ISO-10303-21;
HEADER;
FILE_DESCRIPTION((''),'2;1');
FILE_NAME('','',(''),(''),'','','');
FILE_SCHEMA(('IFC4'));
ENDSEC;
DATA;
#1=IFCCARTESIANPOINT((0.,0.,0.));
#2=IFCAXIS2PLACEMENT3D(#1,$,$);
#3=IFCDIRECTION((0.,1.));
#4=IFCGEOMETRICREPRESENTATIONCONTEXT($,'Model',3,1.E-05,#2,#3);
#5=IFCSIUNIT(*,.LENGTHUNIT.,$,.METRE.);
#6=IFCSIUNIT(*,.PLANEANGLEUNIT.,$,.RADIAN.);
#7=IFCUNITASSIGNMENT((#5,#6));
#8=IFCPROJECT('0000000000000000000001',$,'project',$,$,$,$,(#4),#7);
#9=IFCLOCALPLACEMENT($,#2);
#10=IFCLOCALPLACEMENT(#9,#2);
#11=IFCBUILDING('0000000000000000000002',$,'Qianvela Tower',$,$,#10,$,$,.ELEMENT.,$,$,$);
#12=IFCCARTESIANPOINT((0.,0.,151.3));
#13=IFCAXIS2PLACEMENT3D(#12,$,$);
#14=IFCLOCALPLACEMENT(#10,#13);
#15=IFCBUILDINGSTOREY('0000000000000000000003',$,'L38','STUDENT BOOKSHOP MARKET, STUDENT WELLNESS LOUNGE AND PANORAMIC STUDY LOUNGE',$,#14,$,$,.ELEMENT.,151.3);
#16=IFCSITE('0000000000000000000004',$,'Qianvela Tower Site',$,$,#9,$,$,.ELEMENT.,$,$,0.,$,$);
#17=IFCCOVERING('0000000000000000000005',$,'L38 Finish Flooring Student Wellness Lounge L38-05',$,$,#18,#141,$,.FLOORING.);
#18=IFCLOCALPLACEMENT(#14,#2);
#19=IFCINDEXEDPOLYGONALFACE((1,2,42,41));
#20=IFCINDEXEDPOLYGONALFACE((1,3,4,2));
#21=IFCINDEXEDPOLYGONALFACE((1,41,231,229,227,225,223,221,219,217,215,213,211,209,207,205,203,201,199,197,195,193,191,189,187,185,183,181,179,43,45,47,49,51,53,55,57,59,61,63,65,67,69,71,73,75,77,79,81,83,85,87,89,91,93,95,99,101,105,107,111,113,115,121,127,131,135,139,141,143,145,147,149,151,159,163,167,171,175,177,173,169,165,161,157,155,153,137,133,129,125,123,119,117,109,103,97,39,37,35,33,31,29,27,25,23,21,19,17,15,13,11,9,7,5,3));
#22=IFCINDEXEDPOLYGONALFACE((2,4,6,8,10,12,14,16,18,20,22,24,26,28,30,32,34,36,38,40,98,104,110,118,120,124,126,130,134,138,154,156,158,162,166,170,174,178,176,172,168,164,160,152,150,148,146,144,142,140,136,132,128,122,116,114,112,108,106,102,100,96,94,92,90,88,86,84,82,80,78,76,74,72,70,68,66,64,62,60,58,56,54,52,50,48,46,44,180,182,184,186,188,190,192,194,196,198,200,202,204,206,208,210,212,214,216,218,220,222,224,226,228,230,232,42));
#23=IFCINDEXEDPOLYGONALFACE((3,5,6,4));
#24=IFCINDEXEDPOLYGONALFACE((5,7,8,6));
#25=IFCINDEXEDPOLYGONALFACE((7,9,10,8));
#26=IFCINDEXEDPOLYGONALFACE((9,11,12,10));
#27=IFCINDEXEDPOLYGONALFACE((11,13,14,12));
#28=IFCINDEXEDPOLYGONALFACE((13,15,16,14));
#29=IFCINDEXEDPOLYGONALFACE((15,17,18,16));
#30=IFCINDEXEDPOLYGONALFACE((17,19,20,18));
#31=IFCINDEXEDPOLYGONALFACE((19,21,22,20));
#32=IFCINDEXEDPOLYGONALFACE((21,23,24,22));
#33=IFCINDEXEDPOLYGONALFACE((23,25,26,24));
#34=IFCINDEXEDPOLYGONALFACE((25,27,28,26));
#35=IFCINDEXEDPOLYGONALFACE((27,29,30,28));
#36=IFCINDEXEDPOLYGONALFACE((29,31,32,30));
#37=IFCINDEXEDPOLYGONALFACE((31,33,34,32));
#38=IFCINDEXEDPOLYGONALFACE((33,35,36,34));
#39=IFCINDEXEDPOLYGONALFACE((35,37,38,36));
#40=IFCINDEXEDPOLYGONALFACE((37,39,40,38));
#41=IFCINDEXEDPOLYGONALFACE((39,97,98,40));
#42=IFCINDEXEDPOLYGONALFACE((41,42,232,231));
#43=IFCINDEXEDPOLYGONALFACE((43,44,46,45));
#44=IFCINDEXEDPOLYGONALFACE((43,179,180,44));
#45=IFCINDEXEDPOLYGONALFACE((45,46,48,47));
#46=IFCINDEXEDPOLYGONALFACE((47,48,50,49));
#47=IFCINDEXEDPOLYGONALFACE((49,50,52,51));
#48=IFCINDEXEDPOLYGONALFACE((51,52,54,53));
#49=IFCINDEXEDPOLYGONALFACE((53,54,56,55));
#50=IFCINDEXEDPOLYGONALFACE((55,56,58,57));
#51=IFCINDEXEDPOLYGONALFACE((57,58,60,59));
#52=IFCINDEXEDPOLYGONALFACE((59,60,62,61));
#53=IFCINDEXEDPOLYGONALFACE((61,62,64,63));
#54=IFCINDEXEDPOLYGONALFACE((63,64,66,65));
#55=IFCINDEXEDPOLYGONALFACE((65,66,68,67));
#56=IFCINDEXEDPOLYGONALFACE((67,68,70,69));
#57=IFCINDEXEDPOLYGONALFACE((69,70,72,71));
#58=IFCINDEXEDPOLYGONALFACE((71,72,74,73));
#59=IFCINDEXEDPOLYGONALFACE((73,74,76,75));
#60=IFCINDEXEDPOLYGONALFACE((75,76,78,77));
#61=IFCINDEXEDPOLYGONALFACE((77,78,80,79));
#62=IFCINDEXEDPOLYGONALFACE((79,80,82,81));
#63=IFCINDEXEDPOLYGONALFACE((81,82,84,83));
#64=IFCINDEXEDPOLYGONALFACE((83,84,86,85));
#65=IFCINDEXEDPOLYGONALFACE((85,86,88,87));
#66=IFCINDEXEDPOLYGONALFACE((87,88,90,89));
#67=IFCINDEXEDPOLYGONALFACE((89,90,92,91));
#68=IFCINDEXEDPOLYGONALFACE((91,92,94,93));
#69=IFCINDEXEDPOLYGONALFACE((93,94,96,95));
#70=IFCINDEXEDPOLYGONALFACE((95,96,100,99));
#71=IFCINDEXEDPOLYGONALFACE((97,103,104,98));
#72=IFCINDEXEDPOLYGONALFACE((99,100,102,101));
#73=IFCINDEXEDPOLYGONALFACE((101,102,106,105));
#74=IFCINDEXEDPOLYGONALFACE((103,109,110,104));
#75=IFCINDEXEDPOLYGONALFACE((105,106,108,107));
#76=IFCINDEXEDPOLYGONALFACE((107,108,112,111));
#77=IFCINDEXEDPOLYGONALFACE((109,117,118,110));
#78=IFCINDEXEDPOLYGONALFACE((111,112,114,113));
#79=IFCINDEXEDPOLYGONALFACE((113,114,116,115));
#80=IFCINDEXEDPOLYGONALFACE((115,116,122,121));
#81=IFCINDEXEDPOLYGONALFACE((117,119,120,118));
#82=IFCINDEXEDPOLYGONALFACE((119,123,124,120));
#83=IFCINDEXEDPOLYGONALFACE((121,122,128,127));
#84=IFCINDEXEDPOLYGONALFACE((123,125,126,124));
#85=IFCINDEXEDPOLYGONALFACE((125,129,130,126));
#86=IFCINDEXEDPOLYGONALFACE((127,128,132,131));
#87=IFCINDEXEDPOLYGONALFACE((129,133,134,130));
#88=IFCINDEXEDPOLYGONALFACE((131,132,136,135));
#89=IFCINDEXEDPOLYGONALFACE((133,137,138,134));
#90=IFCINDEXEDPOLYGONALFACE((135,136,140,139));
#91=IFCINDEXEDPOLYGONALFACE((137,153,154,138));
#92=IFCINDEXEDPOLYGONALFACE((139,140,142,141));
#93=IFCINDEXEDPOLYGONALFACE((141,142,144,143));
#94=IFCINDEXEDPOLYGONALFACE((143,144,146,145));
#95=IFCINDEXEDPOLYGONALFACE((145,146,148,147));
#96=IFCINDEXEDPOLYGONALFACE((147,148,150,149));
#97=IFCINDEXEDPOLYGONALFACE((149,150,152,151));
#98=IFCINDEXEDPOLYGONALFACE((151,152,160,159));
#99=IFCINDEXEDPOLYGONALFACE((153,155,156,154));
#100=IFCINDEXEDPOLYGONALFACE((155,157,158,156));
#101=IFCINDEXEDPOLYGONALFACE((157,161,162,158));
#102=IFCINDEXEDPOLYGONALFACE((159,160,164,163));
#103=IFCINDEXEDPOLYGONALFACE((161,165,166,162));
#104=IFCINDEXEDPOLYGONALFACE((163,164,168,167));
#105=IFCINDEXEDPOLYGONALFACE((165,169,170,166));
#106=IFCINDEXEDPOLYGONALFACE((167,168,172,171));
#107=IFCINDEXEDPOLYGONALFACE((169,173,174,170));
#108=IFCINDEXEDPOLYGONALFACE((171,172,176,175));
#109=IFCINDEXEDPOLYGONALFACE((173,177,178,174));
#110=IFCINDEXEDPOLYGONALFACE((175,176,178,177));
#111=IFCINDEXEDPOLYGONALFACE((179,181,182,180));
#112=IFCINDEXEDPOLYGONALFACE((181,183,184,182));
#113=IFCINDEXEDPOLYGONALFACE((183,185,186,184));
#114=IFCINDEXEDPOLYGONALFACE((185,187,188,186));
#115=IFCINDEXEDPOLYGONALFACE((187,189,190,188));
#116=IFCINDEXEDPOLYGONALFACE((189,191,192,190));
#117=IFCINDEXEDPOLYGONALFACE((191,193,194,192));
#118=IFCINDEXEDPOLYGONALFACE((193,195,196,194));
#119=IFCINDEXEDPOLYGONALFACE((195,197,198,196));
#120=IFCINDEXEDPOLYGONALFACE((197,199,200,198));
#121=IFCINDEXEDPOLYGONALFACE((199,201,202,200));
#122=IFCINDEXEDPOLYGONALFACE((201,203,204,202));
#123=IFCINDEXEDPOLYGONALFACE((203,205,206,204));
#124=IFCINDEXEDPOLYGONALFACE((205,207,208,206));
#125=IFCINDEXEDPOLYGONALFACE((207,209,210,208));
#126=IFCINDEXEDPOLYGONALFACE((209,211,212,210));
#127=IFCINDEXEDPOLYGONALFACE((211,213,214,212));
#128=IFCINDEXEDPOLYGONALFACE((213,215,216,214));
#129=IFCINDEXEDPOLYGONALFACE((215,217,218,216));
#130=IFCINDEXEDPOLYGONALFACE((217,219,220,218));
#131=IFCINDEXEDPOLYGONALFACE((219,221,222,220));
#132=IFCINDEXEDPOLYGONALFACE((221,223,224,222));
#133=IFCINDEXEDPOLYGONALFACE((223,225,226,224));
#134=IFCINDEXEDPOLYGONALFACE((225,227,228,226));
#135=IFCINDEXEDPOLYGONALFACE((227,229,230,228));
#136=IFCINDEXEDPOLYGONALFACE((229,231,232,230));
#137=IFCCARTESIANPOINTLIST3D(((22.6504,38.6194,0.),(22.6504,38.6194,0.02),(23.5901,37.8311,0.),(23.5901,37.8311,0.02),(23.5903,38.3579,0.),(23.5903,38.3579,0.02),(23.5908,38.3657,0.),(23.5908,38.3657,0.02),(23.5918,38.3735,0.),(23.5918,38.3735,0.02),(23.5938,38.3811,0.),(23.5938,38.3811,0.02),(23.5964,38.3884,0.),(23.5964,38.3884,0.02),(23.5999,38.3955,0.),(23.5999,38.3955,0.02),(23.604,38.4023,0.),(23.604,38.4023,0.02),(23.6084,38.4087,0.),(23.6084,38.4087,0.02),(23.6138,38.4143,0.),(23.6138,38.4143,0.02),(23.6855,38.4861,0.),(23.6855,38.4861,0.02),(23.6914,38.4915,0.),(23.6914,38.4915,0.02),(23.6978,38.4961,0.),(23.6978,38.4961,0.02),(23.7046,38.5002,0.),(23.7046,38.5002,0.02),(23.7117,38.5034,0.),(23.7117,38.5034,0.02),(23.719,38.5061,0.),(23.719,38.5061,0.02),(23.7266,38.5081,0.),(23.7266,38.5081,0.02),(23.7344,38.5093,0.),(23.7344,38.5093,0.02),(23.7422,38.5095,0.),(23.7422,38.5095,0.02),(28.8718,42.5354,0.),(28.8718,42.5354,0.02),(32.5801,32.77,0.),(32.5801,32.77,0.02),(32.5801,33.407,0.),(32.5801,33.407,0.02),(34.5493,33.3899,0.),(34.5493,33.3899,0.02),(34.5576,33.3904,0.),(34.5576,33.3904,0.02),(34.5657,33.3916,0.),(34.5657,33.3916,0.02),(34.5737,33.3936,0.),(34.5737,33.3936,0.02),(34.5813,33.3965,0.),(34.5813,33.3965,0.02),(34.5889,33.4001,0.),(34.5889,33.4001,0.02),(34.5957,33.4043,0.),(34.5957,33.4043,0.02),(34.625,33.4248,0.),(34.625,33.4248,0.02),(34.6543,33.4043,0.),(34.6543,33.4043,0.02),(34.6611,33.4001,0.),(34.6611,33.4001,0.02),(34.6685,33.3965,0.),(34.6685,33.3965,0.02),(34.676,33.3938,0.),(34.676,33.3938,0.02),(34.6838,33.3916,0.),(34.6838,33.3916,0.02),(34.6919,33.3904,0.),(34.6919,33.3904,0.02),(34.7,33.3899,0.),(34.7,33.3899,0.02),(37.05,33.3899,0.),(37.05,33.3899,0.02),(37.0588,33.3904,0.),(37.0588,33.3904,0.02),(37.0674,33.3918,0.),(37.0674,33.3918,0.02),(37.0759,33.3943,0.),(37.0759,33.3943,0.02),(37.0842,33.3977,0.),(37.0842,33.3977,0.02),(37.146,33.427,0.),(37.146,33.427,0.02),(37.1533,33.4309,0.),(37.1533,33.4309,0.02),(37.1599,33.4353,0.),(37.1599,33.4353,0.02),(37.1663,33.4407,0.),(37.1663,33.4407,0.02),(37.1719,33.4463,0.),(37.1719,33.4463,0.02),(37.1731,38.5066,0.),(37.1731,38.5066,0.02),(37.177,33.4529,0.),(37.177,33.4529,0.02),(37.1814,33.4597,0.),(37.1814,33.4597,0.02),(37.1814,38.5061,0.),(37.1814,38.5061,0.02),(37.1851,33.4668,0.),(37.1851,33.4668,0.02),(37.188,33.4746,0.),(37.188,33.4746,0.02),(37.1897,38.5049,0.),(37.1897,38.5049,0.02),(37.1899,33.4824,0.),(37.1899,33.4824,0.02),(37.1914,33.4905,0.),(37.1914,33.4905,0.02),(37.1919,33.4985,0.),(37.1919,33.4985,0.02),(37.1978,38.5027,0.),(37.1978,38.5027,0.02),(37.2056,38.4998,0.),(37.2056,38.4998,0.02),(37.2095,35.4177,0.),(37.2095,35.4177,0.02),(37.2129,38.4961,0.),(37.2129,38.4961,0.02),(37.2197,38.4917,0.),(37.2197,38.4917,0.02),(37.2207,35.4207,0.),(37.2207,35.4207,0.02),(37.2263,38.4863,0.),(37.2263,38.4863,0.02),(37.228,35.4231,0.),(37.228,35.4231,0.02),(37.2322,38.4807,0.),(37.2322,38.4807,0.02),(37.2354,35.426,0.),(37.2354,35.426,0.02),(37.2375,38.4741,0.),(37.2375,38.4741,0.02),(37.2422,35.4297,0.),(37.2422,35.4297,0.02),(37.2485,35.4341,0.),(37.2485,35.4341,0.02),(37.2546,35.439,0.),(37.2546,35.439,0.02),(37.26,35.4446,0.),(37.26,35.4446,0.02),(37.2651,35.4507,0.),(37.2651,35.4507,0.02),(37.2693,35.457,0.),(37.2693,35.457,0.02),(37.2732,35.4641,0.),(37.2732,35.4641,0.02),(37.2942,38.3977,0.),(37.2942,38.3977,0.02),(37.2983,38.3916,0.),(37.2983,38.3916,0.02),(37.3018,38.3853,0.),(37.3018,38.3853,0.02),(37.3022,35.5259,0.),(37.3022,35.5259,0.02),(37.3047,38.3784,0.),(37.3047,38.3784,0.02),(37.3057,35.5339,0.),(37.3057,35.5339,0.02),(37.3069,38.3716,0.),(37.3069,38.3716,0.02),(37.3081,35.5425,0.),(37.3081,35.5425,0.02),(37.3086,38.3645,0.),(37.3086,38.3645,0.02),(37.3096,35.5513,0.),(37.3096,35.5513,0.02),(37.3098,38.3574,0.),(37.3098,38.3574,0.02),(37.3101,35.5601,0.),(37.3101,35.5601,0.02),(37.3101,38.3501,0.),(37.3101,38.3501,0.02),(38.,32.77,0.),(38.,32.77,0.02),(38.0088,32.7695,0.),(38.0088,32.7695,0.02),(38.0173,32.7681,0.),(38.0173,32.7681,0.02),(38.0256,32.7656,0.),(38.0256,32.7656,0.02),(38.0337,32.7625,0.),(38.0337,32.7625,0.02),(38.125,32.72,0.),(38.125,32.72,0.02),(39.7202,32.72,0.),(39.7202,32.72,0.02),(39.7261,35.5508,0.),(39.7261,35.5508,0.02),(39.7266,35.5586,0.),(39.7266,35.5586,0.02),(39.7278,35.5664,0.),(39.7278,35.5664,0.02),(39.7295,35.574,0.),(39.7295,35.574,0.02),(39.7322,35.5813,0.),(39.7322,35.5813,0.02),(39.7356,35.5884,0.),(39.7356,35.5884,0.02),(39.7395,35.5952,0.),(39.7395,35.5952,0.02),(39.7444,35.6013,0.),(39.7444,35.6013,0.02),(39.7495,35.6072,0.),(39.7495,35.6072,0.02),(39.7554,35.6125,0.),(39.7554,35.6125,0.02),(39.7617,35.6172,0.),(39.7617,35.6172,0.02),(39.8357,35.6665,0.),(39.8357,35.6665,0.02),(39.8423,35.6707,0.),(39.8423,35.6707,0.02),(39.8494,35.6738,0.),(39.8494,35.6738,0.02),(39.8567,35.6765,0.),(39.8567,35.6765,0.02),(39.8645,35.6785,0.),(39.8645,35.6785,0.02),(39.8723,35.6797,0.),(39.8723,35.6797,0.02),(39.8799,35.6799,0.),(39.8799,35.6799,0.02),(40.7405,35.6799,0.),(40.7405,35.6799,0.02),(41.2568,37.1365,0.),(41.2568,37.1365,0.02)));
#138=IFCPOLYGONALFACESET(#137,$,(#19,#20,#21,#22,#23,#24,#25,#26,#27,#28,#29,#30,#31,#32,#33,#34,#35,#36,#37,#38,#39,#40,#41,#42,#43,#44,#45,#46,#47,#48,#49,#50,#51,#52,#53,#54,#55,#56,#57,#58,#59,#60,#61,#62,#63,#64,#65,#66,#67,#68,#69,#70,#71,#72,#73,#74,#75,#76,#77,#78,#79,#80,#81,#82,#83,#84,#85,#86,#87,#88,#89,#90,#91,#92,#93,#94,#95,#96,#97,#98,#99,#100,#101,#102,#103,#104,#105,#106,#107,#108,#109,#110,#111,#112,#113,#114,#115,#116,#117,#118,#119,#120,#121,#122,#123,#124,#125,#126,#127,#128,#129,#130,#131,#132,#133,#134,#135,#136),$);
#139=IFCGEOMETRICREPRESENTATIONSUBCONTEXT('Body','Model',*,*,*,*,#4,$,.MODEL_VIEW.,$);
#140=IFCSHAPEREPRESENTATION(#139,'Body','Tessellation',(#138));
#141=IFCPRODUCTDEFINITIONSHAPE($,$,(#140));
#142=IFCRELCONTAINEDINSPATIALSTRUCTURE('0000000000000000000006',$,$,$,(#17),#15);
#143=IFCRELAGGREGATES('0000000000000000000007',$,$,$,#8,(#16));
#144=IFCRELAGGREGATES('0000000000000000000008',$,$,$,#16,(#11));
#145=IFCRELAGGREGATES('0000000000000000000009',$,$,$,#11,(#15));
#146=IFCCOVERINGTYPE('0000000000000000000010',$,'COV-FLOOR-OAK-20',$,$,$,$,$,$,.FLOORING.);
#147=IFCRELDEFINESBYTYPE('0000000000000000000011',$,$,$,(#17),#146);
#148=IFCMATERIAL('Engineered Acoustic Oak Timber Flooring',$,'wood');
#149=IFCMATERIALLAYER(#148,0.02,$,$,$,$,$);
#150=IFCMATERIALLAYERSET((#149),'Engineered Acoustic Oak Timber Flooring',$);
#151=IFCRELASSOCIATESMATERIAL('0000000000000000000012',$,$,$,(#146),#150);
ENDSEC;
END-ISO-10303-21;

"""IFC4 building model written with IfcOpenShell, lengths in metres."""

from ifc_helpers import new_model, si_unit, direction, frame, origin, place, context, subcontext, project, spatial, polyline, outline, extrude, material, layer, layer_set, type_object, element, save


model = new_model("IFC4")

# Units and contexts
model_context = context("Model", 3, precision=1e-05, world=origin(), true_north=direction((0.0, 1.0)))
body_context = subcontext(model_context, "Body", "Model", "MODEL_VIEW")
ifc_project = project(units=[si_unit("LENGTHUNIT", "METRE"), si_unit("PLANEANGLEUNIT", "RADIAN")], contexts=[model_context])

# Site, building, storey
site_placement = place(None, origin())
site = spatial("IfcSite", under=ifc_project, at=site_placement, Name="Qianvela Tower Site", CompositionType="ELEMENT", RefElevation=0.0)
building_placement = place(site_placement, origin())
building = spatial("IfcBuilding", under=site, at=building_placement, Name="Qianvela Tower", CompositionType="ELEMENT")
storey_placement = place(building_placement, frame((0.0, 0.0, 151.3)))
storey = spatial("IfcBuildingStorey", under=building, at=storey_placement, Name="L38", Description="STUDENT BOOKSHOP MARKET, STUDENT WELLNESS LOUNGE AND PANORAMIC STUDY LOUNGE", CompositionType="ELEMENT", Elevation=151.3)

# Covering
ifc_material_1 = material(Name="Engineered Acoustic Oak Timber Flooring", Category="wood")
ifc_layer_1 = layer(ifc_material_1, 0.02)
ifc_layer_set_1 = layer_set([ifc_layer_1], Name="Engineered Acoustic Oak Timber Flooring")
covering_type_1 = type_object("IfcCoveringType", Name="COV-FLOOR-OAK-20", PredefinedType="FLOORING", material=ifc_layer_set_1)
covering_1_placement = place(storey_placement, origin())
element("IfcCovering", 1, at=covering_1_placement, inside=storey, type_object=covering_type_1, Name="L38 Finish Flooring Student Wellness Lounge L38-05", PredefinedType="FLOORING", context=body_context, shape_type="SweptSolid", body=[
    extrude(outline(polyline([(41.2568, 37.1365), (40.7405, 35.6799), (39.8799, 35.6799), (39.8723, 35.6797), (39.8645, 35.6785), (39.8567, 35.6765), (39.8494, 35.6738), (39.8423, 35.6707), (39.8357, 35.6665), (39.7617, 35.6172), (39.7554, 35.6125), (39.7495, 35.6072), (39.7444, 35.6013), (39.7395, 35.5952), (39.7356, 35.5884), (39.7322, 35.5813), (39.7295, 35.574), (39.7278, 35.5664), (39.7266, 35.5586), (39.7261, 35.5508), (39.7202, 32.72), (38.125, 32.72), (38.0337, 32.7625), (38.0256, 32.7656), (38.0173, 32.7681), (38.0088, 32.7695), (38.0, 32.77), (32.5801, 32.77), (32.5801, 33.407), (34.5493, 33.3899), (34.5576, 33.3904), (34.5657, 33.3916), (34.5737, 33.3936), (34.5813, 33.3965), (34.5889, 33.4001), (34.5957, 33.4043), (34.625, 33.4248), (34.6543, 33.4043), (34.6611, 33.4001), (34.6685, 33.3965), (34.676, 33.3938), (34.6838, 33.3916), (34.6919, 33.3904), (34.7, 33.3899), (37.05, 33.3899), (37.0588, 33.3904), (37.0674, 33.3918), (37.0759, 33.3943), (37.0842, 33.3977), (37.146, 33.427), (37.1533, 33.4309), (37.1599, 33.4353), (37.1663, 33.4407), (37.1719, 33.4463), (37.177, 33.4529), (37.1814, 33.4597), (37.1851, 33.4668), (37.188, 33.4746), (37.1899, 33.4824), (37.1914, 33.4905), (37.1919, 33.4985), (37.2095, 35.4177), (37.2207, 35.4207), (37.228, 35.4231), (37.2354, 35.426), (37.2422, 35.4297), (37.2485, 35.4341), (37.2546, 35.439), (37.26, 35.4446), (37.2651, 35.4507), (37.2693, 35.457), (37.2732, 35.4641), (37.3022, 35.5259), (37.3057, 35.5339), (37.3081, 35.5425), (37.3096, 35.5513), (37.3101, 35.5601), (37.3101, 38.3501), (37.3098, 38.3574), (37.3086, 38.3645), (37.3069, 38.3716), (37.3047, 38.3784), (37.3018, 38.3853), (37.2983, 38.3916), (37.2942, 38.3977), (37.2375, 38.4741), (37.2322, 38.4807), (37.2263, 38.4863), (37.2197, 38.4917), (37.2129, 38.4961), (37.2056, 38.4998), (37.1978, 38.5027), (37.1897, 38.5049), (37.1814, 38.5061), (37.1731, 38.5066), (23.7422, 38.5095), (23.7344, 38.5093), (23.7266, 38.5081), (23.719, 38.5061), (23.7117, 38.5034), (23.7046, 38.5002), (23.6978, 38.4961), (23.6914, 38.4915), (23.6855, 38.4861), (23.6138, 38.4143), (23.6084, 38.4087), (23.604, 38.4023), (23.5999, 38.3955), (23.5964, 38.3884), (23.5938, 38.3811), (23.5918, 38.3735), (23.5908, 38.3657), (23.5903, 38.3579), (23.5901, 37.8311), (22.6504, 38.6194), (28.8718, 42.5354), (41.2568, 37.1365)])), origin(), (0.0, 0.0, 1.0), 0.02),
])

save(model, "model.ifc")
